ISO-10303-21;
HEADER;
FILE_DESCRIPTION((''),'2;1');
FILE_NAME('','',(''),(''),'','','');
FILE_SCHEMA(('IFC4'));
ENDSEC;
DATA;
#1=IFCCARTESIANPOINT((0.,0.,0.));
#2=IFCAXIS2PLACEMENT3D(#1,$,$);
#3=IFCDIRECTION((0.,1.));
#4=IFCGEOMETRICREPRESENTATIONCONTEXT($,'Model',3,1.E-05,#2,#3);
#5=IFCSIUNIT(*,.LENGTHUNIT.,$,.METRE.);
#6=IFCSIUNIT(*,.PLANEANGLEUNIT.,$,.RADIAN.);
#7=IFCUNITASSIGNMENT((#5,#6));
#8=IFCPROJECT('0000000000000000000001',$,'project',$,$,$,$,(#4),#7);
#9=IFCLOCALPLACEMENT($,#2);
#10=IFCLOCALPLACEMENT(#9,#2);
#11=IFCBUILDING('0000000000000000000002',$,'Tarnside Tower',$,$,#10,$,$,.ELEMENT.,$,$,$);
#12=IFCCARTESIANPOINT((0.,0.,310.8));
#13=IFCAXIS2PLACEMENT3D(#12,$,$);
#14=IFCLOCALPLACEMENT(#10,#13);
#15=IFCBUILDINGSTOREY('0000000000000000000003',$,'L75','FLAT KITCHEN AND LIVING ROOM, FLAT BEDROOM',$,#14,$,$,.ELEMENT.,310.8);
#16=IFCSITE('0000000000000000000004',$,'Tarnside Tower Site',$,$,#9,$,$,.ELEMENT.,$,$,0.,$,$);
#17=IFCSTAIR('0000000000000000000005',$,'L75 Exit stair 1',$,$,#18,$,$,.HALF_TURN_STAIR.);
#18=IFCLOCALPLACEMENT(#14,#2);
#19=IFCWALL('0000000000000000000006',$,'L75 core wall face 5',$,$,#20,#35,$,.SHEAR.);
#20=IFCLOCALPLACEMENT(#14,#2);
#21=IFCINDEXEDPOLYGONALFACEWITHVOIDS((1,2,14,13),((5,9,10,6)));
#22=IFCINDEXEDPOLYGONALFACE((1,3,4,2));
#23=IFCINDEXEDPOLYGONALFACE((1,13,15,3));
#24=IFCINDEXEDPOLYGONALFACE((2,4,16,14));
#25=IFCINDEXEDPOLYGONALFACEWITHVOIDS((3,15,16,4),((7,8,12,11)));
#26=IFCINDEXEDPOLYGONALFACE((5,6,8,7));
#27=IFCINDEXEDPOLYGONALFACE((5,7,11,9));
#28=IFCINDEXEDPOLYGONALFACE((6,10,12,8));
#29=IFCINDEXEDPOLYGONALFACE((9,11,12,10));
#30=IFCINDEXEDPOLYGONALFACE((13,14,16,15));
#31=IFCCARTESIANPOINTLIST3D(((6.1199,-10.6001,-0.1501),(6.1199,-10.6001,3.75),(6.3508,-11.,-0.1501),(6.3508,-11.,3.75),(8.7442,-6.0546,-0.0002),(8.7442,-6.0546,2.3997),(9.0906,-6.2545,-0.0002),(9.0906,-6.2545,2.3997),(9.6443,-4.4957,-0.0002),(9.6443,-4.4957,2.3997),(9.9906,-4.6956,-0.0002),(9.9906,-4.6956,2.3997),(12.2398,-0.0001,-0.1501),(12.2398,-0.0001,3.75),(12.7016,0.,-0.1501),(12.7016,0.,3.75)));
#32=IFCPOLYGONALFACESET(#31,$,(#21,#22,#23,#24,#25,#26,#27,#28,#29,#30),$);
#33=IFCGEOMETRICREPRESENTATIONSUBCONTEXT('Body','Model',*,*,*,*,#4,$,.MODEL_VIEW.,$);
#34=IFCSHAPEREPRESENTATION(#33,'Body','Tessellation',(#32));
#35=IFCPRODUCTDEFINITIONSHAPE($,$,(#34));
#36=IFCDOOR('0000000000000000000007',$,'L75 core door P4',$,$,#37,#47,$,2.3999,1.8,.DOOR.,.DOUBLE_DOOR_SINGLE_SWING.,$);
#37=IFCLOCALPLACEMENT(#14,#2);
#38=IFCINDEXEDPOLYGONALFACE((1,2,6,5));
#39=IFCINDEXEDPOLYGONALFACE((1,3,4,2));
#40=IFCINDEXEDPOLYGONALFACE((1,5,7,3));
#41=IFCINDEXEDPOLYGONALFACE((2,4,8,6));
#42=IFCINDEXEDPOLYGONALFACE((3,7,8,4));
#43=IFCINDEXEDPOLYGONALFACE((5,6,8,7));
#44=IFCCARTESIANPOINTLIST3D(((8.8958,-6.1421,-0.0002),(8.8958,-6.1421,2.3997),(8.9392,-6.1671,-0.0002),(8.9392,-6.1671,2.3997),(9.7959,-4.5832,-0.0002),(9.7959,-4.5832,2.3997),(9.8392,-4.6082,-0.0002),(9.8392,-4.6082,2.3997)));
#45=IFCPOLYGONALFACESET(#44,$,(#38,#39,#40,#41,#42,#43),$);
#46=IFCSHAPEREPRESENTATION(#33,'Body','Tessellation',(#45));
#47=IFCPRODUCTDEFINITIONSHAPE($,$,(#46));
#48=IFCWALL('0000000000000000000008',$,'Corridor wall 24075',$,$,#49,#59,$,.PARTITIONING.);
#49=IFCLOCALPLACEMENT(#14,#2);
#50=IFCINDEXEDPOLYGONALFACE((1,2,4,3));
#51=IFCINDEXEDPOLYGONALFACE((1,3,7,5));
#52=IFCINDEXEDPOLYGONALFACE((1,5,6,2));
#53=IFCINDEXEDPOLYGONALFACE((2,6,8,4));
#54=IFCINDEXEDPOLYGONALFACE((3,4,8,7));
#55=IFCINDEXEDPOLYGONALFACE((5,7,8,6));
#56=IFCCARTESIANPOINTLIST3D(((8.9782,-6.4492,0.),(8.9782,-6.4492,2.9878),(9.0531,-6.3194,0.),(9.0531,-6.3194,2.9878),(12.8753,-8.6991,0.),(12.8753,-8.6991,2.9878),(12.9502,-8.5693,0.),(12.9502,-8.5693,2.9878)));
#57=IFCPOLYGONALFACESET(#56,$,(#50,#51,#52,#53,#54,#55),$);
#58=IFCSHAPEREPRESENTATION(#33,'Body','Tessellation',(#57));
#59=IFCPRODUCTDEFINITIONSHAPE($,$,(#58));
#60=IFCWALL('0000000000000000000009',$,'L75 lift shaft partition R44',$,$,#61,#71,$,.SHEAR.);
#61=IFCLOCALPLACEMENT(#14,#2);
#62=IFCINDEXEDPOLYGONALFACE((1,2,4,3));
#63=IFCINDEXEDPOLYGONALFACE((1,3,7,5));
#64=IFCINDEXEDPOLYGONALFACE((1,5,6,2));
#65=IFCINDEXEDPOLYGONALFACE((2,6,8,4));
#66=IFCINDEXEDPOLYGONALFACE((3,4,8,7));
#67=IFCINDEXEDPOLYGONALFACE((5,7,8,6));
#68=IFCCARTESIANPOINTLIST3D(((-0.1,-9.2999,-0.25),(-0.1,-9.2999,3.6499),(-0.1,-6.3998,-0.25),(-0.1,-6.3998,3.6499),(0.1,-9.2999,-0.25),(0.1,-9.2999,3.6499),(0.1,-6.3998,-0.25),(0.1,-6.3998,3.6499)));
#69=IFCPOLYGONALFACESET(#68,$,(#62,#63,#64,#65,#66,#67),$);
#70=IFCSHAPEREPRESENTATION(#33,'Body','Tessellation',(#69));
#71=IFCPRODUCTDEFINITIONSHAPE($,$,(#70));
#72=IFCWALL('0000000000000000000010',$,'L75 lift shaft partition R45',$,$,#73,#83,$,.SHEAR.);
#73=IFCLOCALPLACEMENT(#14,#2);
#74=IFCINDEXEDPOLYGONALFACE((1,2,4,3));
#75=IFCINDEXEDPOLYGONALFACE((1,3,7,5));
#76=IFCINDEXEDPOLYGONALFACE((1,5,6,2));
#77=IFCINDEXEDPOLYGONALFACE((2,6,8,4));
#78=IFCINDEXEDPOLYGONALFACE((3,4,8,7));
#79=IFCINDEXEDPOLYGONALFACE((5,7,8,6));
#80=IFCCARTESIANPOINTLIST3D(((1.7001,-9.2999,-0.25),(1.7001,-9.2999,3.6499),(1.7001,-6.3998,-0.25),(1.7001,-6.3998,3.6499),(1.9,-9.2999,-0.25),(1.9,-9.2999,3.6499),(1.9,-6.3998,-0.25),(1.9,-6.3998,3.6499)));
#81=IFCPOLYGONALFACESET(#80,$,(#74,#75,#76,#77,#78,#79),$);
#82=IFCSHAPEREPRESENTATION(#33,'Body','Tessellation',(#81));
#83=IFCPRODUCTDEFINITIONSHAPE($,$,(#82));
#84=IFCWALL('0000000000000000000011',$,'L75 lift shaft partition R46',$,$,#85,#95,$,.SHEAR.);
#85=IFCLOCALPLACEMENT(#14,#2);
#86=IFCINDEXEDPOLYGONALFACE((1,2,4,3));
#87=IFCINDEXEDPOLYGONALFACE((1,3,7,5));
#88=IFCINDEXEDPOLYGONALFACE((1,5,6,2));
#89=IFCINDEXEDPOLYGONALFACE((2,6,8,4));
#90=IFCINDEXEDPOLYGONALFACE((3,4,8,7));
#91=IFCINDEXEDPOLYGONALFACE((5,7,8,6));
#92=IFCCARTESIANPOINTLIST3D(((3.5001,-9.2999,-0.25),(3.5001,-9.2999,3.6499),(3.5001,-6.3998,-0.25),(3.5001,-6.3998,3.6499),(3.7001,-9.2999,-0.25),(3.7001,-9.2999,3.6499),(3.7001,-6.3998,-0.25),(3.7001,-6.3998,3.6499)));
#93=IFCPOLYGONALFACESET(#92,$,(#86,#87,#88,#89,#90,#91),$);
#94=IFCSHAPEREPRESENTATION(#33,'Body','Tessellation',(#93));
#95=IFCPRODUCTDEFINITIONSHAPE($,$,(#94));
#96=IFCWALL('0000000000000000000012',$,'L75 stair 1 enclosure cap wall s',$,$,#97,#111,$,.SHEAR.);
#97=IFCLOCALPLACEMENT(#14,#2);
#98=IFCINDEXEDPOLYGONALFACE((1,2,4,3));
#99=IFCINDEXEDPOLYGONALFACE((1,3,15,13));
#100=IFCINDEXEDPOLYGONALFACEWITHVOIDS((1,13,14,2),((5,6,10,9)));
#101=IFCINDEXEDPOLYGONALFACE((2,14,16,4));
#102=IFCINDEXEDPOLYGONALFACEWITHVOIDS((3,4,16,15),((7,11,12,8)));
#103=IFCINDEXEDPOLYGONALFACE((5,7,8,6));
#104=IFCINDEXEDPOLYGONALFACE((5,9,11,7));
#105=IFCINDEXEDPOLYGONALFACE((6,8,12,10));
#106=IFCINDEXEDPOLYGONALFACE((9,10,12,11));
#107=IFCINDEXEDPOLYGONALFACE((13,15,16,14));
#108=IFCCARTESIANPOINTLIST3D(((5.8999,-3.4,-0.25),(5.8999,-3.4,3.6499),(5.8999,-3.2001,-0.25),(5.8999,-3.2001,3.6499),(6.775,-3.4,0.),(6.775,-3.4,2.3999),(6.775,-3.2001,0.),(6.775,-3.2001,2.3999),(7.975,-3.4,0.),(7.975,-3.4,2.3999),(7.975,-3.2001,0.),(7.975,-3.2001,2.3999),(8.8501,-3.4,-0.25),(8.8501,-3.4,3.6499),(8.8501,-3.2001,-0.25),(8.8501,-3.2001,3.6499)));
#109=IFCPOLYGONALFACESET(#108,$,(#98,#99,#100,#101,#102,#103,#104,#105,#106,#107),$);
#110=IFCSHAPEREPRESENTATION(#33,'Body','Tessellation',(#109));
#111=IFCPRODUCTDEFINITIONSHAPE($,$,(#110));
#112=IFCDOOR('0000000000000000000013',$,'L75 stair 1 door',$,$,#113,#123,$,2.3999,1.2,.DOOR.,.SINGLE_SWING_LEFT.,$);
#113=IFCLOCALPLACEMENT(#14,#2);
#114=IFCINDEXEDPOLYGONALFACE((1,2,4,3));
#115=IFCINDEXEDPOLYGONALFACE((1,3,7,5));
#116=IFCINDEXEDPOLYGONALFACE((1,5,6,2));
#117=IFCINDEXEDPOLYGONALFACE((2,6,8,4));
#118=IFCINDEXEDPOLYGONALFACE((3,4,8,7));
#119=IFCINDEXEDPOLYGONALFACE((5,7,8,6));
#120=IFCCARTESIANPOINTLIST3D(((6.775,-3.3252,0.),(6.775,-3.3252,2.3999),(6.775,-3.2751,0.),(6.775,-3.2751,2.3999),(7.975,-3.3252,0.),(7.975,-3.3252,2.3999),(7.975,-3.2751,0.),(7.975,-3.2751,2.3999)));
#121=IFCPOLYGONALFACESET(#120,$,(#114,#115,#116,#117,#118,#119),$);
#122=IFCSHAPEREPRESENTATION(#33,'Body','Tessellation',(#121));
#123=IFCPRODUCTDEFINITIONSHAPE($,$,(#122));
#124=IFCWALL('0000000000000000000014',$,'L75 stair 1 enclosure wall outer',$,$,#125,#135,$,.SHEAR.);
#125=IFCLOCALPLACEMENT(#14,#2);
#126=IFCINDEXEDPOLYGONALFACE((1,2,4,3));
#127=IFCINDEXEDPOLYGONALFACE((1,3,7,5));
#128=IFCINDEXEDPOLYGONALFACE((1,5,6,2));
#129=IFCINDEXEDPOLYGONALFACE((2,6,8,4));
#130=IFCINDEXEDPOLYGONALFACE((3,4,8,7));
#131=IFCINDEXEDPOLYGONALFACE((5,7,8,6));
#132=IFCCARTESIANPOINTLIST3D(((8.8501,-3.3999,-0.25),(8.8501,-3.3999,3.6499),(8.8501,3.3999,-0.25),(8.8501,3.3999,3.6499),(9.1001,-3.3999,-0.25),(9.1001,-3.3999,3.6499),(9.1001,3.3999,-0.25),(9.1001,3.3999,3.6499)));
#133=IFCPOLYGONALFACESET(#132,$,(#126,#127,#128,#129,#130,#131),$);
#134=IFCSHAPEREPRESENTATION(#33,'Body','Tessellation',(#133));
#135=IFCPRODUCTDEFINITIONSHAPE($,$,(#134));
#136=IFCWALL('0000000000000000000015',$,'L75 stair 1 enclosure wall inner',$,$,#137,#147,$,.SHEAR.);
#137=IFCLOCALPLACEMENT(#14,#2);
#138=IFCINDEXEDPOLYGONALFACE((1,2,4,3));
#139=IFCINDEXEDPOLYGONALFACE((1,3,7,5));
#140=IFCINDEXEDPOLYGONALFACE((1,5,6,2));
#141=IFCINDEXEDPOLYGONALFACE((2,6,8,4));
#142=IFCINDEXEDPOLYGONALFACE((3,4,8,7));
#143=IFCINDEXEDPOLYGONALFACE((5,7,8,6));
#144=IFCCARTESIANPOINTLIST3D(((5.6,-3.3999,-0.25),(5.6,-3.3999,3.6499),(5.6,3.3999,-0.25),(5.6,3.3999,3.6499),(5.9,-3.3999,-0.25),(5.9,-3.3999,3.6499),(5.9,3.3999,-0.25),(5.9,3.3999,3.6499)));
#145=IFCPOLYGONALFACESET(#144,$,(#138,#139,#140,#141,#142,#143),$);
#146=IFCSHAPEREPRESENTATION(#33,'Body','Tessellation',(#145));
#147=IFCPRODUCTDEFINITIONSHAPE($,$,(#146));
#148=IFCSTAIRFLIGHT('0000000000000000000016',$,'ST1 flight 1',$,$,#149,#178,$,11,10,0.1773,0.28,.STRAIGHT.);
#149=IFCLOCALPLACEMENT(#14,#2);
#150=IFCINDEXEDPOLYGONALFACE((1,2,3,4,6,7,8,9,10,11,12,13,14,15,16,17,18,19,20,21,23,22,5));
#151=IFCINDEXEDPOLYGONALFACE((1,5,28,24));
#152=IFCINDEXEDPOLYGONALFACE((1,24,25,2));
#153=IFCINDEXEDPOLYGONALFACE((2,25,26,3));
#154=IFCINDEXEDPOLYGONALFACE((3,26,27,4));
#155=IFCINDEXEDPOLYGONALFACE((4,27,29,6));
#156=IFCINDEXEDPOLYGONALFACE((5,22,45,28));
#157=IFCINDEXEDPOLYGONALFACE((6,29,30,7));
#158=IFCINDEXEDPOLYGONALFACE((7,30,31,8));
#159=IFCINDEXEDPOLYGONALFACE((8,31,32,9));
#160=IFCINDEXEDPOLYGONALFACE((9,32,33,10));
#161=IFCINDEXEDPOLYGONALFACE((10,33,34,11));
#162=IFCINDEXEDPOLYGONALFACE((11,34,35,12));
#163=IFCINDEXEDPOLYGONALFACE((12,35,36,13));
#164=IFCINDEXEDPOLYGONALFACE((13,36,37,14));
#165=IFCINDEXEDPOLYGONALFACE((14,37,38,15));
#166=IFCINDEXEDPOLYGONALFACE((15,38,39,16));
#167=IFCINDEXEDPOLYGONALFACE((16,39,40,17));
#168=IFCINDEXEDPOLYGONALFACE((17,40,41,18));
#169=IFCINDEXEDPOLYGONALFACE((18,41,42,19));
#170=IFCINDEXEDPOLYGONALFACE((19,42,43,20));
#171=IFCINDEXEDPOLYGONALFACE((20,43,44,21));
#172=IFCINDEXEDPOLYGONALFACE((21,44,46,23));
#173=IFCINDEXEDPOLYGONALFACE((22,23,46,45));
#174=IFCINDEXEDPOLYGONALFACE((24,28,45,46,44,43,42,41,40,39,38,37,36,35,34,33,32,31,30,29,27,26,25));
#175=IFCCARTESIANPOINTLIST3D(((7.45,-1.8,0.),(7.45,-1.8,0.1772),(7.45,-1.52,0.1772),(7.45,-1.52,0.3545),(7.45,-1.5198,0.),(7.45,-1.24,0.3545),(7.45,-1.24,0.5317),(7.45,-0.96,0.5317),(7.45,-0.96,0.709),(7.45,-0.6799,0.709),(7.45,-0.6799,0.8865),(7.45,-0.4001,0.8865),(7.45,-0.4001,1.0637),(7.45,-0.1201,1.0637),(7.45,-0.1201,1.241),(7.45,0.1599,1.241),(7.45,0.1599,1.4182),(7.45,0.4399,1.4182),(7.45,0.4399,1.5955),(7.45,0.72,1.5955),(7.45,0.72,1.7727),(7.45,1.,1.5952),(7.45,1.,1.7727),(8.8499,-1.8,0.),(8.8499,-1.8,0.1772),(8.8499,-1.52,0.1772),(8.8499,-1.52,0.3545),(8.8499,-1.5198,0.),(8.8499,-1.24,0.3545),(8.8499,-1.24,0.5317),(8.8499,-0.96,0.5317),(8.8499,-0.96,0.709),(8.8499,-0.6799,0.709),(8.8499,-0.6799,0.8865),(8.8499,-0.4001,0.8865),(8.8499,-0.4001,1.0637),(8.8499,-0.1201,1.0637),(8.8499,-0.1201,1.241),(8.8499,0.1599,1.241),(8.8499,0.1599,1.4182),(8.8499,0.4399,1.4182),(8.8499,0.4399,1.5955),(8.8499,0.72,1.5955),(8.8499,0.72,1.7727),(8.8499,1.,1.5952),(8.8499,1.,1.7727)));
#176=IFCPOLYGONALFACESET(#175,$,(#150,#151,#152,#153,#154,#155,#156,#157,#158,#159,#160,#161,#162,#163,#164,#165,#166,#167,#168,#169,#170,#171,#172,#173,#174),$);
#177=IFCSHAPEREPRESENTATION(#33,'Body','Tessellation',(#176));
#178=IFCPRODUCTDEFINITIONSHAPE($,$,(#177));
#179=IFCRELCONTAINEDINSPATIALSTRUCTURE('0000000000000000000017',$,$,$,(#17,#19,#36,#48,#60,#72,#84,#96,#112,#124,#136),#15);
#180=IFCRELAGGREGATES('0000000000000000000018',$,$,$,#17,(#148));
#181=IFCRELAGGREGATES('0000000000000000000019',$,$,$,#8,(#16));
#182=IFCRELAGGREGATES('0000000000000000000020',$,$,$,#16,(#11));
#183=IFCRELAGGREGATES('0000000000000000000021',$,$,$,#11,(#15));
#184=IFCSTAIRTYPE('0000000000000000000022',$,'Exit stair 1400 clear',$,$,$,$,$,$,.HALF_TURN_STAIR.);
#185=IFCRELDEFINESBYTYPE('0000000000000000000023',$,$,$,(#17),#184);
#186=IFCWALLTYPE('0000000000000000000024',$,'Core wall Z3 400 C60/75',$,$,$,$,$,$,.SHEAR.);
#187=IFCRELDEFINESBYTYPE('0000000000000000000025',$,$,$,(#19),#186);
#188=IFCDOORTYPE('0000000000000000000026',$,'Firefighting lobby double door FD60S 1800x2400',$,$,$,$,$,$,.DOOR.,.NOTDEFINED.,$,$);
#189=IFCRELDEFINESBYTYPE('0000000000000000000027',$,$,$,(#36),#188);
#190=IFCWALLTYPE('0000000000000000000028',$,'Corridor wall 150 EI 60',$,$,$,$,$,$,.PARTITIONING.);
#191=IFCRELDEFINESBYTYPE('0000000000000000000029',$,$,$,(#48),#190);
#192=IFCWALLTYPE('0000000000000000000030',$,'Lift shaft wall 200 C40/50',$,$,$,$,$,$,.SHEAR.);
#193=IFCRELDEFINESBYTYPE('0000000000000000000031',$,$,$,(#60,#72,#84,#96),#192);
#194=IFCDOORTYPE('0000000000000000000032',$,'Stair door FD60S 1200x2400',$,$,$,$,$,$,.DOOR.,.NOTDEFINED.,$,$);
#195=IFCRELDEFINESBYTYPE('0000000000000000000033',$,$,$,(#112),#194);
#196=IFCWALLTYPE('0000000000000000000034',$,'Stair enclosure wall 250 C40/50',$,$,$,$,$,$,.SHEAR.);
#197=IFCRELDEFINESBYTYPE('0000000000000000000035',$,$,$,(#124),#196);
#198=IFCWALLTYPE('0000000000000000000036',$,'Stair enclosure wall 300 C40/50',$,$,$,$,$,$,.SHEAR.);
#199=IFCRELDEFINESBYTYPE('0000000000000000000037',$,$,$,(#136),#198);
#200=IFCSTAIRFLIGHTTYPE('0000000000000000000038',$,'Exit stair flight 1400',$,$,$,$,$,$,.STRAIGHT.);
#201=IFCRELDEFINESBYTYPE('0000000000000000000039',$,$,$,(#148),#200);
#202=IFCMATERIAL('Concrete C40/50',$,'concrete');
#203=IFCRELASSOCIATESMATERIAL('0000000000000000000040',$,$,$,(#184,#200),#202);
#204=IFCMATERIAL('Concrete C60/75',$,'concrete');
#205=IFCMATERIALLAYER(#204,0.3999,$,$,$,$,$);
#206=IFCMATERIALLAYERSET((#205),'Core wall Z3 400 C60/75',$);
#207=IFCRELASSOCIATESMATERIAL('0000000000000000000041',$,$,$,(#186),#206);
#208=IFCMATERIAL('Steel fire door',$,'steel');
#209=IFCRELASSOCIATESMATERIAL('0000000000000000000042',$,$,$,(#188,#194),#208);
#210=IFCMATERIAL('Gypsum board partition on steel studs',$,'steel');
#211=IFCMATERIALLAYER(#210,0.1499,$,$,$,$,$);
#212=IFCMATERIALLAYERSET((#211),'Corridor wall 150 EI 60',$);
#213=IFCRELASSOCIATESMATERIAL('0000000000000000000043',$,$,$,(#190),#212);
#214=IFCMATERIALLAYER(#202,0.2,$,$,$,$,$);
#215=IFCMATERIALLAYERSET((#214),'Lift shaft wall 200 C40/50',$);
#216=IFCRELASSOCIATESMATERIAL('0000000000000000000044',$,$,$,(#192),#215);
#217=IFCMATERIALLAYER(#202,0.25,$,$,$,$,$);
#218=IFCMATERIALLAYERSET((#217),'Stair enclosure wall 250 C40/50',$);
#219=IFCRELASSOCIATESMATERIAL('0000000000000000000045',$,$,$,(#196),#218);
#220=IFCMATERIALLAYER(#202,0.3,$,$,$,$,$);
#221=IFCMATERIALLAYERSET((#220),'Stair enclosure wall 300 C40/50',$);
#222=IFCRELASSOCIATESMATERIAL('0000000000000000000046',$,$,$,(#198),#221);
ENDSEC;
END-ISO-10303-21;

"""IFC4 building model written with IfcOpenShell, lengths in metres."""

from ifc_helpers import new_model, si_unit, direction, frame, frame_2d, origin, place, context, subcontext, project, spatial, polyline, rectangle, outline, extrude, material, layer, layer_set, type_object, element, fill, aggregate, save


model = new_model("IFC4")

# Units and contexts
model_context = context("Model", 3, precision=1e-05, world=origin(), true_north=direction((0.0, 1.0)))
body_context = subcontext(model_context, "Body", "Model", "MODEL_VIEW")
ifc_project = project(units=[si_unit("LENGTHUNIT", "METRE"), si_unit("PLANEANGLEUNIT", "RADIAN")], contexts=[model_context])

# Site, building, storey
site_placement = place(None, origin())
site = spatial("IfcSite", under=ifc_project, at=site_placement, Name="Tarnside Tower Site", CompositionType="ELEMENT", RefElevation=0.0)
building_placement = place(site_placement, origin())
building = spatial("IfcBuilding", under=site, at=building_placement, Name="Tarnside Tower", CompositionType="ELEMENT")
storey_placement = place(building_placement, frame((0.0, 0.0, 310.8)))
storey = spatial("IfcBuildingStorey", under=building, at=storey_placement, Name="L75", Description="FLAT KITCHEN AND LIVING ROOM, FLAT BEDROOM", CompositionType="ELEMENT", Elevation=310.8)

# Shared definitions
ifc_material_1 = material(Name="Concrete C40/50", Category="concrete")

# Stair
stair_type = type_object("IfcStairType", Name="Exit stair 1400 clear", PredefinedType="HALF_TURN_STAIR", material=ifc_material_1)
stair_1_placement = place(storey_placement, origin())
stair_1 = element("IfcStair", 1, at=stair_1_placement, inside=storey, type_object=stair_type, Name="L75 Exit stair 1", PredefinedType="HALF_TURN_STAIR")

# Shared definitions
ifc_material_2 = material(Name="Steel fire door", Category="steel")

# Wall, opening, door
ifc_material_3 = material(Name="Concrete C60/75", Category="concrete")
ifc_layer_1 = layer(ifc_material_3, 0.3999)
ifc_layer_set_1 = layer_set([ifc_layer_1], Name="Core wall Z3 400 C60/75")
wall_type_1 = type_object("IfcWallType", Name="Core wall Z3 400 C60/75", PredefinedType="SHEAR", material=ifc_layer_set_1)
wall_1_placement = place(storey_placement, frame((6.2354, -10.8, -0.1501), z_axis=(0.0, 0.0, 1.0), x_axis=(0.499996, 0.866027, 0.0)))
wall_1 = element("IfcWall", 2, at=wall_1_placement, inside=storey, type_object=wall_type_1, Name="L75 core wall face 5", PredefinedType="SHEAR", context=body_context, shape_type="SweptSolid", body=[
    extrude(outline(polyline([(-0.1155, -0.2), (12.5862, -0.2), (12.3552, 0.2), (0.1155, 0.2), (-0.1155, -0.2)])), origin(), (0.0, 0.0, 1.0), 3.9001),
])
opening_1_placement = place(wall_1_placement, frame((5.3643, 0.0, 0.1499)))
opening_1 = element("IfcOpeningElement", 3, at=opening_1_placement, cuts=wall_1, PredefinedType="OPENING", context=body_context, shape_type="SweptSolid", body=[
    extrude(rectangle(XDim=1.8, YDim=2.3999, at=frame_2d((0.8999, 1.2))), frame((0.0, 0.21, 0.0), z_axis=(0.0, -1.0, 0.0), x_axis=(1.0, 0.0, 0.0)), (0.0, 0.0, 1.0), 0.4199),
])
door_type_1 = type_object("IfcDoorType", Name="Firefighting lobby double door FD60S 1800x2400", OperationType="NOTDEFINED", PredefinedType="DOOR", material=ifc_material_2)
door_1_placement = place(opening_1_placement, origin())
door_1 = element("IfcDoor", 4, at=door_1_placement, inside=storey, type_object=door_type_1, Name="L75 core door P4", OperationType="DOUBLE_DOOR_SINGLE_SWING", OverallHeight=2.3999, OverallWidth=1.8, PredefinedType="DOOR", context=body_context, shape_type="SweptSolid", body=[
    extrude(rectangle(XDim=1.8, YDim=2.3999, at=frame_2d((0.8999, 1.2))), frame((0.0, 0.0249, 0.0), z_axis=(0.0, -1.0, 0.0), x_axis=(1.0, 0.0, 0.0)), (0.0, 0.0, 1.0), 0.05),
])
fill(opening_1, door_1)

# Walls
ifc_material_4 = material(Name="Gypsum board partition on steel studs", Category="steel")
ifc_layer_2 = layer(ifc_material_4, 0.1499)
ifc_layer_set_2 = layer_set([ifc_layer_2], Name="Corridor wall 150 EI 60")
wall_type_2 = type_object("IfcWallType", Name="Corridor wall 150 EI 60", PredefinedType="PARTITIONING", material=ifc_layer_set_2)
wall_2_placement = place(storey_placement, frame((9.0156, -6.3843, 0.0), z_axis=(0.0, 0.0, 1.0), x_axis=(0.866031, -0.49999, 0.0)))
element("IfcWall", 5, at=wall_2_placement, inside=storey, type_object=wall_type_2, Name="Corridor wall 24075", PredefinedType="PARTITIONING", context=body_context, shape_type="SweptSolid", body=[
    extrude(rectangle(XDim=4.5, YDim=0.1499, at=frame_2d((2.25, 0.0))), origin(), (0.0, 0.0, 1.0), 2.9878),
])
ifc_layer_3 = layer(ifc_material_1, 0.2)
ifc_layer_set_3 = layer_set([ifc_layer_3], Name="Lift shaft wall 200 C40/50")
wall_type_3 = type_object("IfcWallType", Name="Lift shaft wall 200 C40/50", PredefinedType="SHEAR", material=ifc_layer_set_3)
for number, where, z_axis, x_axis, name in (
    (6, (0.0, -9.3, -0.25), (0.0, 0.0, 1.0), (0.0, 1.0, 0.0), "L75 lift shaft partition R44"),
    (7, (1.8, -9.3, -0.25), (0.0, 0.0, 1.0), (0.0, 1.0, 0.0), "L75 lift shaft partition R45"),
    (8, (3.6001, -9.3, -0.25), (0.0, 0.0, 1.0), (0.0, 1.0, 0.0), "L75 lift shaft partition R46"),
):
    element("IfcWall", number, at=place(storey_placement, frame(where, z_axis=z_axis, x_axis=x_axis)), inside=storey, type_object=wall_type_3, Name=name, PredefinedType="SHEAR", context=body_context, shape_type="SweptSolid", body=[
        extrude(rectangle(XDim=2.9001, YDim=0.2, at=frame_2d((1.4502, 0.0))), origin(), (0.0, 0.0, 1.0), 3.8999),
    ])

# Wall, opening, door
wall_3_placement = place(storey_placement, frame((5.8999, -3.3, -0.25), z_axis=(0.0, 0.0, 1.0), x_axis=(1.0, 0.0, 0.0)))
wall_3 = element("IfcWall", 9, at=wall_3_placement, inside=storey, type_object=wall_type_3, Name="L75 stair 1 enclosure cap wall s", PredefinedType="SHEAR", context=body_context, shape_type="SweptSolid", body=[
    extrude(rectangle(XDim=2.9502, YDim=0.2, at=frame_2d((1.4751, 0.0))), origin(), (0.0, 0.0, 1.0), 3.8999),
])
opening_2_placement = place(wall_3_placement, frame((0.875, 0.0, 0.25)))
opening_2 = element("IfcOpeningElement", 10, at=opening_2_placement, cuts=wall_3, PredefinedType="OPENING", context=body_context, shape_type="SweptSolid", body=[
    extrude(rectangle(XDim=1.2, YDim=2.3999, at=frame_2d((0.6001, 1.2))), frame((0.0, 0.1099, 0.0), z_axis=(0.0, -1.0, 0.0), x_axis=(1.0, 0.0, 0.0)), (0.0, 0.0, 1.0), 0.22),
])
door_type_2 = type_object("IfcDoorType", Name="Stair door FD60S 1200x2400", OperationType="NOTDEFINED", PredefinedType="DOOR", material=ifc_material_2)
door_2_placement = place(opening_2_placement, origin())
door_2 = element("IfcDoor", 11, at=door_2_placement, inside=storey, type_object=door_type_2, Name="L75 stair 1 door", OperationType="SINGLE_SWING_LEFT", OverallHeight=2.3999, OverallWidth=1.2, PredefinedType="DOOR", context=body_context, shape_type="SweptSolid", body=[
    extrude(rectangle(XDim=1.2, YDim=2.3999, at=frame_2d((0.6001, 1.2))), frame((0.0, 0.0249, 0.0), z_axis=(0.0, -1.0, 0.0), x_axis=(1.0, 0.0, 0.0)), (0.0, 0.0, 1.0), 0.05),
])
fill(opening_2, door_2)

# Walls
ifc_layer_4 = layer(ifc_material_1, 0.25)
ifc_layer_set_4 = layer_set([ifc_layer_4], Name="Stair enclosure wall 250 C40/50")
wall_type_4 = type_object("IfcWallType", Name="Stair enclosure wall 250 C40/50", PredefinedType="SHEAR", material=ifc_layer_set_4)
wall_4_placement = place(storey_placement, frame((8.9751, -3.3999, -0.25), z_axis=(0.0, 0.0, 1.0), x_axis=(0.0, 1.0, 0.0)))
element("IfcWall", 12, at=wall_4_placement, inside=storey, type_object=wall_type_4, Name="L75 stair 1 enclosure wall outer", PredefinedType="SHEAR", context=body_context, shape_type="SweptSolid", body=[
    extrude(rectangle(XDim=6.7998, YDim=0.25, at=frame_2d((3.3999, 0.0))), origin(), (0.0, 0.0, 1.0), 3.8999),
])
ifc_layer_5 = layer(ifc_material_1, 0.3)
ifc_layer_set_5 = layer_set([ifc_layer_5], Name="Stair enclosure wall 300 C40/50")
wall_type_5 = type_object("IfcWallType", Name="Stair enclosure wall 300 C40/50", PredefinedType="SHEAR", material=ifc_layer_set_5)
wall_5_placement = place(storey_placement, frame((5.75, -3.3999, -0.25), z_axis=(0.0, 0.0, 1.0), x_axis=(0.0, 1.0, 0.0)))
element("IfcWall", 13, at=wall_5_placement, inside=storey, type_object=wall_type_5, Name="L75 stair 1 enclosure wall inner", PredefinedType="SHEAR", context=body_context, shape_type="SweptSolid", body=[
    extrude(rectangle(XDim=6.7998, YDim=0.3, at=frame_2d((3.3999, 0.0))), origin(), (0.0, 0.0, 1.0), 3.8999),
])

# Stair flight
stair_flight_type = type_object("IfcStairFlightType", Name="Exit stair flight 1400", PredefinedType="STRAIGHT", material=ifc_material_1)
stair_flight_placement = place(storey_placement, frame((8.1499, -1.8, 0.0), z_axis=(0.0, 0.0, 1.0), x_axis=(0.0, 1.0, 0.0)))
stair_flight = element("IfcStairFlight", 14, at=stair_flight_placement, type_object=stair_flight_type, Name="ST1 flight 1", NumberOfRisers=11, NumberOfTreads=10, PredefinedType="STRAIGHT", RiserHeight=0.1773, TreadLength=0.28, context=body_context, shape_type="SweptSolid", body=[
    extrude(outline(polyline([(0.0, 0.0), (0.0, 0.1772), (0.28, 0.1772), (0.28, 0.3545), (0.5601, 0.3545), (0.5601, 0.5317), (0.8401, 0.5317), (0.8401, 0.709), (1.1201, 0.709), (1.1201, 0.8865), (1.3999, 0.8865), (1.3999, 1.0637), (1.6799, 1.0637), (1.6799, 1.241), (1.96, 1.241), (1.96, 1.4182), (2.24, 1.4182), (2.24, 1.5955), (2.52, 1.5955), (2.52, 1.7727), (2.8, 1.7727), (2.8, 1.95), (2.8, 1.5952), (0.2803, 0.0), (0.0, 0.0)])), frame((0.0, 0.7, 0.0), z_axis=(0.0, -1.0, 0.0), x_axis=(1.0, 0.0, 0.0)), (0.0, 0.0, 1.0), 1.3999),
])
aggregate(stair_1, [stair_flight])

save(model, "model.ifc")
